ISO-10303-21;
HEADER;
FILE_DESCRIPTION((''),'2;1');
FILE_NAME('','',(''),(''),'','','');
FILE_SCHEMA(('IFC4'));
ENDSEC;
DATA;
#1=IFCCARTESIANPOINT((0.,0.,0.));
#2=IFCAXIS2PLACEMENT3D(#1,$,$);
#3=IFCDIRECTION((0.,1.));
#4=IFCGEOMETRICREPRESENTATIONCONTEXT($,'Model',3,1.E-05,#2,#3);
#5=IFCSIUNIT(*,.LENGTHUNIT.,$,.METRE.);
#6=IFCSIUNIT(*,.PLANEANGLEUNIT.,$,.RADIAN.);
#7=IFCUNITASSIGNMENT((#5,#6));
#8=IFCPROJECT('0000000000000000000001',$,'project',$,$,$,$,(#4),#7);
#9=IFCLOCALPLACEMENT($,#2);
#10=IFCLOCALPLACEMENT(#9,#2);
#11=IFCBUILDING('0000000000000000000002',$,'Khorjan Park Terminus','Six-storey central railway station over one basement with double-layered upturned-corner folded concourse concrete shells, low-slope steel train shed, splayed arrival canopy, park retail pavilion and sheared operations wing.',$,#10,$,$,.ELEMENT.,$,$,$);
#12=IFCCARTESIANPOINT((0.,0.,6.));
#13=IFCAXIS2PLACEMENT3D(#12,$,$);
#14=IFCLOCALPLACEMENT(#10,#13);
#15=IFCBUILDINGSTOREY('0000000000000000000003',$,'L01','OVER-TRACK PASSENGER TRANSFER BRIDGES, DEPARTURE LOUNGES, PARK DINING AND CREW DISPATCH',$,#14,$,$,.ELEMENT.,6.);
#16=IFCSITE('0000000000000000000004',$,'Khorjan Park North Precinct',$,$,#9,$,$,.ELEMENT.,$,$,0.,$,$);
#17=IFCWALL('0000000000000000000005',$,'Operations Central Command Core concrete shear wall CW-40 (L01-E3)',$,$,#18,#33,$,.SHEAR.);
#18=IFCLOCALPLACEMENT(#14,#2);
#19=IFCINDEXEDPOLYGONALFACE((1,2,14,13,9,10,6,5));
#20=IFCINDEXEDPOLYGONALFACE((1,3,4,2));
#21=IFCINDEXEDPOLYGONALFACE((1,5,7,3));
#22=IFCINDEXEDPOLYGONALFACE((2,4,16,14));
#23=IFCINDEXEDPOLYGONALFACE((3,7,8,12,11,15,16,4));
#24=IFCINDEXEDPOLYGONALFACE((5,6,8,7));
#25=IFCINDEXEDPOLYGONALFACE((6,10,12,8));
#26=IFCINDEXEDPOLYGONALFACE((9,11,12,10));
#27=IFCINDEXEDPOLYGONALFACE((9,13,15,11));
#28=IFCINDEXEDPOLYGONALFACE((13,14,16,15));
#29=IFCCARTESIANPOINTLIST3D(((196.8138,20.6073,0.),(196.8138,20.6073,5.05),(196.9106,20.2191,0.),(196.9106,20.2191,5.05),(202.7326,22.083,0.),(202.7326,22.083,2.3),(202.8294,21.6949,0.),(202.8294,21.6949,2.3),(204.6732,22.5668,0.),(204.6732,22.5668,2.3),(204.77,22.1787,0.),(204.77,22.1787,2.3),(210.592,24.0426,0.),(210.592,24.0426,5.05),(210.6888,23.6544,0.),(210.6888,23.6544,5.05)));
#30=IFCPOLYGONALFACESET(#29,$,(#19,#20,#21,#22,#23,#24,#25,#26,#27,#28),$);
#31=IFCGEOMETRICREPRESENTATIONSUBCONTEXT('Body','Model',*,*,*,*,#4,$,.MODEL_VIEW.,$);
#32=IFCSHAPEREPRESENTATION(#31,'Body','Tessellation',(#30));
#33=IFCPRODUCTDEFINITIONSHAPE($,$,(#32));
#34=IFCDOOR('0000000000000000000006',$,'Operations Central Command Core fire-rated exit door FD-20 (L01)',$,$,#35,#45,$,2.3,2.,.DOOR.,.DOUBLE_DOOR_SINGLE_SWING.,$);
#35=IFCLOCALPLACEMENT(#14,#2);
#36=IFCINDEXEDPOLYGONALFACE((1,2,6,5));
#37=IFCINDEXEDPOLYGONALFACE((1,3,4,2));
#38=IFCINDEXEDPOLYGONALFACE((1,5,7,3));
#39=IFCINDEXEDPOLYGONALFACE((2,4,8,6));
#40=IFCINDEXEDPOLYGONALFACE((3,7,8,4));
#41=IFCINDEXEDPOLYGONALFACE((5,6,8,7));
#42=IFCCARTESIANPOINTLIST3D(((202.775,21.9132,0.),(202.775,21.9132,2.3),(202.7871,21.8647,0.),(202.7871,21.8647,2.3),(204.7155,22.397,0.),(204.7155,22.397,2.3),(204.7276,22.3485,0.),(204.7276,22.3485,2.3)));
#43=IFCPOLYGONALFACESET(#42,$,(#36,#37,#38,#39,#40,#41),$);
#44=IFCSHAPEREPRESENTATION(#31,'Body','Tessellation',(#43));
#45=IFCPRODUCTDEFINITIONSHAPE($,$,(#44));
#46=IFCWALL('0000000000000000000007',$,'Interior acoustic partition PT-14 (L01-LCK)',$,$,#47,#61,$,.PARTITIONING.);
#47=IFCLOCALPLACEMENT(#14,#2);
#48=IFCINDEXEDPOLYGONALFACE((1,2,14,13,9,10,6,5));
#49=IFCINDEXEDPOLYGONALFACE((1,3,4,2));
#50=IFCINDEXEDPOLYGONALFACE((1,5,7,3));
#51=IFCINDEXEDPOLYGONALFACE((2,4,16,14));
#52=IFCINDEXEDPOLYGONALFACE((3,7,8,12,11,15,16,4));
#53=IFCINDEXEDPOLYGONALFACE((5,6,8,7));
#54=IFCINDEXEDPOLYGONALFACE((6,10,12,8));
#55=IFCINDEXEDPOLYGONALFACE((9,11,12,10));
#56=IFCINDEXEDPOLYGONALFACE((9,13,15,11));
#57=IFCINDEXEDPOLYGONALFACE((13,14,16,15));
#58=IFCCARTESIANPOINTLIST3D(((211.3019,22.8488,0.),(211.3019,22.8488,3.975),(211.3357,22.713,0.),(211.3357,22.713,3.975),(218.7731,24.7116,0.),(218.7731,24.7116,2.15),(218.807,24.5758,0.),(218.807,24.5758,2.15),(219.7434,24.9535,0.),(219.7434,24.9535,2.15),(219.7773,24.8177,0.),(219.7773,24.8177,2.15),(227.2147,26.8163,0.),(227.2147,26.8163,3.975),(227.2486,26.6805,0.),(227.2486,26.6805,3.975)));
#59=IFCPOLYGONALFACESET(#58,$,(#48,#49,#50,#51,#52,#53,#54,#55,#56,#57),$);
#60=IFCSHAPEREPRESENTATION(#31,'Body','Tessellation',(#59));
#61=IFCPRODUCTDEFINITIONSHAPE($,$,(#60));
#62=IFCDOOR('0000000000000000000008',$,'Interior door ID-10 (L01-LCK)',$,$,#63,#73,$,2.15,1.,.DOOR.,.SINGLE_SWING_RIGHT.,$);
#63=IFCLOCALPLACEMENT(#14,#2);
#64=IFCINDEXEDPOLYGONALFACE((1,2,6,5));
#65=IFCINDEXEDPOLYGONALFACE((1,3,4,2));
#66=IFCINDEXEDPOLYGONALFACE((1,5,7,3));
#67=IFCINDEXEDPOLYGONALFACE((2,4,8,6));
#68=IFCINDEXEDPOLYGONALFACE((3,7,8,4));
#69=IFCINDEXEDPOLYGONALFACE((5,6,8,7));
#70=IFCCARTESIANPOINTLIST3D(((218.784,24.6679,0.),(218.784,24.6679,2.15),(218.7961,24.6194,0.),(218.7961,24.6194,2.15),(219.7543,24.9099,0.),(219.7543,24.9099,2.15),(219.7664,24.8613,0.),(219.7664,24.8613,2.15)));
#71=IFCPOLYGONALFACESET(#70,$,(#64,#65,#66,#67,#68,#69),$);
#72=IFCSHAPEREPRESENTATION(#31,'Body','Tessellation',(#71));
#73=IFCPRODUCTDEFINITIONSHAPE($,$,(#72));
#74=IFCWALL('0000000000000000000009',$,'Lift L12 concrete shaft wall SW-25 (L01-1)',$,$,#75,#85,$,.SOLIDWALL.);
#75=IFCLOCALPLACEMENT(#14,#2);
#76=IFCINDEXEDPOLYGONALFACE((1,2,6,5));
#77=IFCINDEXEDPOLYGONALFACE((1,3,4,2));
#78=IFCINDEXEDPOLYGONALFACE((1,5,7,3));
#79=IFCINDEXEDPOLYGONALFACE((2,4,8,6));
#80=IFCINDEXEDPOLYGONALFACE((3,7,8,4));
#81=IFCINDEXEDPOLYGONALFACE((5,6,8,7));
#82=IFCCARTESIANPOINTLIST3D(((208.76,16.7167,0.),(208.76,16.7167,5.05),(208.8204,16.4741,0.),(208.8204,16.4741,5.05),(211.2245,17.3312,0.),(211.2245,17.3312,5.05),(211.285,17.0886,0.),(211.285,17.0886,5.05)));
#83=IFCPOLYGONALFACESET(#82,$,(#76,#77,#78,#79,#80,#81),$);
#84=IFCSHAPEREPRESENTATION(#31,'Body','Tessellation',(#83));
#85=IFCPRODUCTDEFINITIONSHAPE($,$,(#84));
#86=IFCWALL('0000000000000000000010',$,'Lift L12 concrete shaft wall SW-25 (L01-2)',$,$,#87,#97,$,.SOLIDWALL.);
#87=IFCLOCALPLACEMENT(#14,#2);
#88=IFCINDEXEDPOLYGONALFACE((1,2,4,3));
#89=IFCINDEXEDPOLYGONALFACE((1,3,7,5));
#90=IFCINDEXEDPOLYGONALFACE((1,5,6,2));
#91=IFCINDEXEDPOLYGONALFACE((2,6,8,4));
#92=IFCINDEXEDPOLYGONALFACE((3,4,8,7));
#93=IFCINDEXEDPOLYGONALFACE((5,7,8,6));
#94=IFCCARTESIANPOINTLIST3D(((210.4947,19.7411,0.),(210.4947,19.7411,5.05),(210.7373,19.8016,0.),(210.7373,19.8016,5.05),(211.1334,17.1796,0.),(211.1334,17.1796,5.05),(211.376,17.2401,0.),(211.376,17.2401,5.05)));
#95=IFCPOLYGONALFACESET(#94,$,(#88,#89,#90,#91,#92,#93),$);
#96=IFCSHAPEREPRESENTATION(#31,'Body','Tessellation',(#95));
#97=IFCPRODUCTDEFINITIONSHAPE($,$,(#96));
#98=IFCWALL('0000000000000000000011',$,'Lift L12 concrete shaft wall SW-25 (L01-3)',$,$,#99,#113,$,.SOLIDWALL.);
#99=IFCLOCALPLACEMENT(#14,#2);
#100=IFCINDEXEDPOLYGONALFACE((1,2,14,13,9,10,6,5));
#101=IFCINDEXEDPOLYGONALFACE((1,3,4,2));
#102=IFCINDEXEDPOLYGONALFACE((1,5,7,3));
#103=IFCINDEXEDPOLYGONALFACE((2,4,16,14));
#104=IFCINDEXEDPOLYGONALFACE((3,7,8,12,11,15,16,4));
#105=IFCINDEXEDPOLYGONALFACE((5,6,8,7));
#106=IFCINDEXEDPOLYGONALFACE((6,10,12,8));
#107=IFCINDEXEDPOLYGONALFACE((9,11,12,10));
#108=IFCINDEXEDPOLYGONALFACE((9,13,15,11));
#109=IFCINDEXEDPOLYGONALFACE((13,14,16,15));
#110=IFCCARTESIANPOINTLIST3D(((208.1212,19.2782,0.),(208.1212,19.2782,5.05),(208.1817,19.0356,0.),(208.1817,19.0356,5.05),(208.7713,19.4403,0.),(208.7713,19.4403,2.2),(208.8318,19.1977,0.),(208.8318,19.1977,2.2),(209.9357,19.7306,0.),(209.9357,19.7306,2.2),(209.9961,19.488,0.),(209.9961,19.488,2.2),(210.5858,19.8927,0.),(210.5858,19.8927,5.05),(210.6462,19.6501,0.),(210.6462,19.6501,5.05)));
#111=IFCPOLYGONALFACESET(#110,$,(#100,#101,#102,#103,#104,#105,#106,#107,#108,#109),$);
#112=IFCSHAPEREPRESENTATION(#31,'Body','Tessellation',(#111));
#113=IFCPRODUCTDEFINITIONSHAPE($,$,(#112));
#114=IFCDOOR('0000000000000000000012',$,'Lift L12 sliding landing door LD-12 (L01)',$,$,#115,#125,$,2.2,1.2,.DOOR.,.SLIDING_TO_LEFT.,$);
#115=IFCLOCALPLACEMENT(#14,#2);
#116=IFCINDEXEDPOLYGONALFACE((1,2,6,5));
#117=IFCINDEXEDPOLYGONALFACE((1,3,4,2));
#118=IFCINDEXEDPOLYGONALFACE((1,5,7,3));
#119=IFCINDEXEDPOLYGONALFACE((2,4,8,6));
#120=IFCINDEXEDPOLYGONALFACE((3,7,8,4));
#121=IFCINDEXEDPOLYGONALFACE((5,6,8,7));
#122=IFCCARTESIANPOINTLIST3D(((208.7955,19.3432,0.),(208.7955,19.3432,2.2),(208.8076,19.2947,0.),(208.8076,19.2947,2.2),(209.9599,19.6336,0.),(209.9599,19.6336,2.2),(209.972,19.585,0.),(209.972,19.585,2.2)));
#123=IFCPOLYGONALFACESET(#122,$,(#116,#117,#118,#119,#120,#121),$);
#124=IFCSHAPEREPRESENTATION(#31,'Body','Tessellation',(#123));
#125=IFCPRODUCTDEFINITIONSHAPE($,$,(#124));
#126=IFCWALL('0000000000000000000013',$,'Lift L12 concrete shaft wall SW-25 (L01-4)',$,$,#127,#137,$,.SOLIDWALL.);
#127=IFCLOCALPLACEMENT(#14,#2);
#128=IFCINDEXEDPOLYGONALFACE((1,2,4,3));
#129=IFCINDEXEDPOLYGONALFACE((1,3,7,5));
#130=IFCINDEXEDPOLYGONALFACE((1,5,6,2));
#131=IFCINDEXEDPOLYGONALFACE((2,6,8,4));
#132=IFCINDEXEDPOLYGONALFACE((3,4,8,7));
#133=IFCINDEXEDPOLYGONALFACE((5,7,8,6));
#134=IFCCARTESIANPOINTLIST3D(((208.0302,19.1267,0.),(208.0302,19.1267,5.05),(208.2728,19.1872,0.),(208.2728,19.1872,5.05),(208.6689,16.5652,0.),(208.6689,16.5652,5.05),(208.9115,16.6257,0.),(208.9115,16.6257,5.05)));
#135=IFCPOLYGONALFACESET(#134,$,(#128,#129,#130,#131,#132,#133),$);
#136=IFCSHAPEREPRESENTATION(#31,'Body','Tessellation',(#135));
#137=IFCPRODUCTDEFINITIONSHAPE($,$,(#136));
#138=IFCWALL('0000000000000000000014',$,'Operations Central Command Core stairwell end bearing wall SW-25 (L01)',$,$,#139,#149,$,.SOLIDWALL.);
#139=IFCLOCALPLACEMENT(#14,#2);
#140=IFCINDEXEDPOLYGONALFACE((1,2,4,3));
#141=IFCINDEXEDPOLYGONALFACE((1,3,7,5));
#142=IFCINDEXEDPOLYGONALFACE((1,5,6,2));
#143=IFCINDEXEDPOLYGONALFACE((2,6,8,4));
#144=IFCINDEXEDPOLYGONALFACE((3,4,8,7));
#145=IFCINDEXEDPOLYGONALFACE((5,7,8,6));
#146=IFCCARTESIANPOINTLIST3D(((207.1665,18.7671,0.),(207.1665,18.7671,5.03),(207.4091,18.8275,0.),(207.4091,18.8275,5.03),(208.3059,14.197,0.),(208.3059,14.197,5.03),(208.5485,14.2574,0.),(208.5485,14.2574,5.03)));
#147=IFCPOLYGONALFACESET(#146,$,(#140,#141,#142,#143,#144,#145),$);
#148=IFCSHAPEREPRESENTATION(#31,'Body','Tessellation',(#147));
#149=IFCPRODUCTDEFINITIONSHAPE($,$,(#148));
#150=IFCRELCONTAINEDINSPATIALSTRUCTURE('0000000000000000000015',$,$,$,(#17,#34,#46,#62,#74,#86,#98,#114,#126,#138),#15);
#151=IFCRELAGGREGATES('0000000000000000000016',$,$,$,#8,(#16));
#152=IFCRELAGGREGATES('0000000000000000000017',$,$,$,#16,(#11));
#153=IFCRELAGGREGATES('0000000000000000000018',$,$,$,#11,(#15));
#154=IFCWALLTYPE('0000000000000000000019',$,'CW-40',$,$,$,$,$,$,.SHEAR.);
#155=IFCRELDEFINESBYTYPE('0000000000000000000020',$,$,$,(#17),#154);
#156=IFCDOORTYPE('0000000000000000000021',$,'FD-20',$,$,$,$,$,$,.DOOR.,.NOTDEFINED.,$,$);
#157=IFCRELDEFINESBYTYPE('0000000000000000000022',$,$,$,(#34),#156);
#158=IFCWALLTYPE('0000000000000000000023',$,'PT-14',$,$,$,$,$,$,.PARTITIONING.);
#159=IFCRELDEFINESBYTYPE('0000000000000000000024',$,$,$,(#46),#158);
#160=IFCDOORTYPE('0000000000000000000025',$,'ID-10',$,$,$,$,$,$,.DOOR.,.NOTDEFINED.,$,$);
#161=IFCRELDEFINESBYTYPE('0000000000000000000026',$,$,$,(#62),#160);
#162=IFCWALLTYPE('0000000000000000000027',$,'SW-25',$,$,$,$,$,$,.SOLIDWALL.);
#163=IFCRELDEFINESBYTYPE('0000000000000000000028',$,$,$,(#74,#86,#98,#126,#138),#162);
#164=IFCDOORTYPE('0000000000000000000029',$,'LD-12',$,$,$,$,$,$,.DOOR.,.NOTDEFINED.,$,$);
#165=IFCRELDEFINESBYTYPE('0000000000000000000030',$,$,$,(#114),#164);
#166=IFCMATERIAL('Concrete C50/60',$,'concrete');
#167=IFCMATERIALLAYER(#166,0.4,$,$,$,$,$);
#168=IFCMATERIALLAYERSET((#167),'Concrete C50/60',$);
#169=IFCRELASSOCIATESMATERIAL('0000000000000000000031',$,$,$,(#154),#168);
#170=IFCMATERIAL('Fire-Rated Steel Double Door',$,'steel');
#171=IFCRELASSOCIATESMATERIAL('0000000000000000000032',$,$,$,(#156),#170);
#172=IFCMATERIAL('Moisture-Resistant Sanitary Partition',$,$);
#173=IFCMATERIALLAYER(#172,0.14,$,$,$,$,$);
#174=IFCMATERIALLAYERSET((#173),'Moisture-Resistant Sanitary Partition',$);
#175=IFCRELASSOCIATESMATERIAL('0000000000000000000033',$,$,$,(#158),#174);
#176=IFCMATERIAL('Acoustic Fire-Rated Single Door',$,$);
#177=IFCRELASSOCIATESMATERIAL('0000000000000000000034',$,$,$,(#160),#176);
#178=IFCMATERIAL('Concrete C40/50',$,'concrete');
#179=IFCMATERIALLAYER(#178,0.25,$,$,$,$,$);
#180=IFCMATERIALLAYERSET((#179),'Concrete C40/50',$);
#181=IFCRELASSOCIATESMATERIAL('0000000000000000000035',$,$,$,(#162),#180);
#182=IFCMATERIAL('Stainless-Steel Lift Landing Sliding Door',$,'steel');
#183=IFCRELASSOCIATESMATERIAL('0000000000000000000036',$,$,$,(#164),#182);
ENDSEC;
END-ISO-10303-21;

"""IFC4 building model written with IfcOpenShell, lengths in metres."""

from ifc_helpers import new_model, si_unit, direction, frame, frame_2d, origin, place, context, subcontext, project, spatial, rectangle, extrude, material, layer, layer_set, type_object, element, fill, save


model = new_model("IFC4")

# Units and contexts
model_context = context("Model", 3, precision=1e-05, world=origin(), true_north=direction((0.0, 1.0)))
body_context = subcontext(model_context, "Body", "Model", "MODEL_VIEW")
ifc_project = project(units=[si_unit("LENGTHUNIT", "METRE"), si_unit("PLANEANGLEUNIT", "RADIAN")], contexts=[model_context])

# Site, building, storey
site_placement = place(None, origin())
site = spatial("IfcSite", under=ifc_project, at=site_placement, Name="Khorjan Park North Precinct", CompositionType="ELEMENT", RefElevation=0.0)
building_placement = place(site_placement, origin())
building = spatial("IfcBuilding", under=site, at=building_placement, Name="Khorjan Park Terminus", Description="Six-storey central railway station over one basement with double-layered upturned-corner folded concourse concrete shells, low-slope steel train shed, splayed arrival canopy, park retail pavilion and sheared operations wing.", CompositionType="ELEMENT")
storey_placement = place(building_placement, frame((0.0, 0.0, 6.0)))
storey = spatial("IfcBuildingStorey", under=building, at=storey_placement, Name="L01", Description="OVER-TRACK PASSENGER TRANSFER BRIDGES, DEPARTURE LOUNGES, PARK DINING AND CREW DISPATCH", CompositionType="ELEMENT", Elevation=6.0)

# Shared definitions
ifc_material_1 = material(Name="Concrete C50/60", Category="concrete")

# Shared definitions
ifc_material_2 = material(Name="Concrete C40/50", Category="concrete")

# Shared definitions
ifc_layer_1 = layer(ifc_material_1, 0.4)
ifc_layer_set_1 = layer_set([ifc_layer_1], Name="Concrete C50/60")
wall_type_1 = type_object("IfcWallType", Name="CW-40", PredefinedType="SHEAR", material=ifc_layer_set_1)

# Walls, openings, doors
wall_1_placement = place(storey_placement, frame((210.6404, 23.8485, 0.0), z_axis=(0.0, 0.0, 1.0), x_axis=(-0.970296, -0.241922, 0.0)))
wall_1 = element("IfcWall", 1, at=wall_1_placement, inside=storey, type_object=wall_type_1, Name="Operations Central Command Core concrete shear wall CW-40 (L01-E3)", PredefinedType="SHEAR", context=body_context, shape_type="SweptSolid", body=[
    extrude(rectangle(XDim=14.2, YDim=0.4, at=frame_2d((7.1, 0.0))), origin(), (0.0, 0.0, 1.0), 5.05),
])
opening_1_placement = place(wall_1_placement, frame((6.1, 0.0, 0.0)))
opening_1 = element("IfcOpeningElement", 2, at=opening_1_placement, cuts=wall_1, PredefinedType="OPENING", context=body_context, shape_type="SweptSolid", body=[
    extrude(rectangle(XDim=2.0, YDim=2.3, at=frame_2d((1.0, 1.15))), frame((0.0, 0.21, 0.0), z_axis=(0.0, -1.0, 0.0), x_axis=(1.0, 0.0, 0.0)), (0.0, 0.0, 1.0), 0.42),
])
ifc_material_3 = material(Name="Fire-Rated Steel Double Door", Category="steel")
door_type_1 = type_object("IfcDoorType", Name="FD-20", OperationType="NOTDEFINED", PredefinedType="DOOR", material=ifc_material_3)
door_1_placement = place(opening_1_placement, origin())
door_1 = element("IfcDoor", 3, at=door_1_placement, inside=storey, type_object=door_type_1, Name="Operations Central Command Core fire-rated exit door FD-20 (L01)", OperationType="DOUBLE_DOOR_SINGLE_SWING", OverallHeight=2.3, OverallWidth=2.0, PredefinedType="DOOR", context=body_context, shape_type="SweptSolid", body=[
    extrude(rectangle(XDim=2.0, YDim=2.3, at=frame_2d((1.0, 1.15))), frame((0.0, 0.025, 0.0), z_axis=(0.0, -1.0, 0.0), x_axis=(1.0, 0.0, 0.0)), (0.0, 0.0, 1.0), 0.05),
])
fill(opening_1, door_1)
ifc_material_4 = material(Name="Moisture-Resistant Sanitary Partition")
ifc_layer_2 = layer(ifc_material_4, 0.14)
ifc_layer_set_2 = layer_set([ifc_layer_2], Name="Moisture-Resistant Sanitary Partition")
wall_type_2 = type_object("IfcWallType", Name="PT-14", PredefinedType="PARTITIONING", material=ifc_layer_set_2)
wall_2_placement = place(storey_placement, frame((211.3188, 22.7809, 0.0), z_axis=(0.0, 0.0, 1.0), x_axis=(0.970296, 0.24192, 0.0)))
wall_2 = element("IfcWall", 4, at=wall_2_placement, inside=storey, type_object=wall_type_2, Name="Interior acoustic partition PT-14 (L01-LCK)", PredefinedType="PARTITIONING", context=body_context, shape_type="SweptSolid", body=[
    extrude(rectangle(XDim=16.4, YDim=0.14, at=frame_2d((8.2, 0.0))), origin(), (0.0, 0.0, 1.0), 3.975),
])
opening_2_placement = place(wall_2_placement, frame((7.7, 0.0, 0.0)))
opening_2 = element("IfcOpeningElement", 5, at=opening_2_placement, cuts=wall_2, PredefinedType="OPENING", context=body_context, shape_type="SweptSolid", body=[
    extrude(rectangle(XDim=1.0, YDim=2.15, at=frame_2d((0.5, 1.075))), frame((0.0, 0.08, 0.0), z_axis=(0.0, -1.0, 0.0), x_axis=(1.0, 0.0, 0.0)), (0.0, 0.0, 1.0), 0.16),
])
ifc_material_5 = material(Name="Acoustic Fire-Rated Single Door")
door_type_2 = type_object("IfcDoorType", Name="ID-10", OperationType="NOTDEFINED", PredefinedType="DOOR", material=ifc_material_5)
door_2_placement = place(opening_2_placement, origin())
door_2 = element("IfcDoor", 6, at=door_2_placement, inside=storey, type_object=door_type_2, Name="Interior door ID-10 (L01-LCK)", OperationType="SINGLE_SWING_RIGHT", OverallHeight=2.15, OverallWidth=1.0, PredefinedType="DOOR", context=body_context, shape_type="SweptSolid", body=[
    extrude(rectangle(XDim=1.0, YDim=2.15, at=frame_2d((0.5, 1.075))), frame((0.0, 0.025, 0.0), z_axis=(0.0, -1.0, 0.0), x_axis=(1.0, 0.0, 0.0)), (0.0, 0.0, 1.0), 0.05),
])
fill(opening_2, door_2)

# Walls
ifc_layer_3 = layer(ifc_material_2, 0.25)
ifc_layer_set_3 = layer_set([ifc_layer_3], Name="Concrete C40/50")
wall_type_3 = type_object("IfcWallType", Name="SW-25", PredefinedType="SOLIDWALL", material=ifc_layer_set_3)
wall_3_placement = place(storey_placement, frame((208.7902, 16.5954, 0.0), z_axis=(0.0, 0.0, 1.0), x_axis=(0.970293, 0.241933, 0.0)))
element("IfcWall", 7, at=wall_3_placement, inside=storey, type_object=wall_type_3, Name="Lift L12 concrete shaft wall SW-25 (L01-1)", PredefinedType="SOLIDWALL", context=body_context, shape_type="SweptSolid", body=[
    extrude(rectangle(XDim=2.54, YDim=0.25, at=frame_2d((1.27, 0.0))), origin(), (0.0, 0.0, 1.0), 5.05),
])
wall_4_placement = place(storey_placement, frame((211.2547, 17.2099, 0.0), z_axis=(0.0, 0.0, 1.0), x_axis=(-0.241938, 0.970292, 0.0)))
element("IfcWall", 8, at=wall_4_placement, inside=storey, type_object=wall_type_3, Name="Lift L12 concrete shaft wall SW-25 (L01-2)", PredefinedType="SOLIDWALL", context=body_context, shape_type="SweptSolid", body=[
    extrude(rectangle(XDim=2.6399, YDim=0.25, at=frame_2d((1.3199, 0.0))), origin(), (0.0, 0.0, 1.0), 5.05),
])

# Wall, opening, door
wall_5_placement = place(storey_placement, frame((210.616, 19.7714, 0.0), z_axis=(0.0, 0.0, 1.0), x_axis=(-0.970293, -0.241933, 0.0)))
wall_5 = element("IfcWall", 9, at=wall_5_placement, inside=storey, type_object=wall_type_3, Name="Lift L12 concrete shaft wall SW-25 (L01-3)", PredefinedType="SOLIDWALL", context=body_context, shape_type="SweptSolid", body=[
    extrude(rectangle(XDim=2.54, YDim=0.25, at=frame_2d((1.27, 0.0))), origin(), (0.0, 0.0, 1.0), 5.05),
])
opening_3_placement = place(wall_5_placement, frame((0.67, 0.0, 0.0)))
opening_3 = element("IfcOpeningElement", 10, at=opening_3_placement, cuts=wall_5, PredefinedType="OPENING", context=body_context, shape_type="SweptSolid", body=[
    extrude(rectangle(XDim=1.2, YDim=2.2, at=frame_2d((0.6, 1.1))), frame((0.0, 0.135, 0.0), z_axis=(0.0, -1.0, 0.0), x_axis=(1.0, 0.0, 0.0)), (0.0, 0.0, 1.0), 0.27),
])
ifc_material_6 = material(Name="Stainless-Steel Lift Landing Sliding Door", Category="steel")
door_type_3 = type_object("IfcDoorType", Name="LD-12", OperationType="NOTDEFINED", PredefinedType="DOOR", material=ifc_material_6)
door_3_placement = place(opening_3_placement, origin())
door_3 = element("IfcDoor", 11, at=door_3_placement, inside=storey, type_object=door_type_3, Name="Lift L12 sliding landing door LD-12 (L01)", OperationType="SLIDING_TO_LEFT", OverallHeight=2.2, OverallWidth=1.2, PredefinedType="DOOR", context=body_context, shape_type="SweptSolid", body=[
    extrude(rectangle(XDim=1.2, YDim=2.2, at=frame_2d((0.6, 1.1))), frame((0.0, 0.025, 0.0), z_axis=(0.0, -1.0, 0.0), x_axis=(1.0, 0.0, 0.0)), (0.0, 0.0, 1.0), 0.05),
])
fill(opening_3, door_3)

# Walls
wall_6_placement = place(storey_placement, frame((208.1515, 19.1569, 0.0), z_axis=(0.0, 0.0, 1.0), x_axis=(0.241938, -0.970292, 0.0)))
element("IfcWall", 12, at=wall_6_placement, inside=storey, type_object=wall_type_3, Name="Lift L12 concrete shaft wall SW-25 (L01-4)", PredefinedType="SOLIDWALL", context=body_context, shape_type="SweptSolid", body=[
    extrude(rectangle(XDim=2.6399, YDim=0.25, at=frame_2d((1.3199, 0.0))), origin(), (0.0, 0.0, 1.0), 5.05),
])
wall_7_placement = place(storey_placement, frame((208.4272, 14.2272, 0.0), z_axis=(0.0, 0.0, 1.0), x_axis=(-0.241911, 0.970298, 0.0)))
element("IfcWall", 13, at=wall_7_placement, inside=storey, type_object=wall_type_3, Name="Operations Central Command Core stairwell end bearing wall SW-25 (L01)", PredefinedType="SOLIDWALL", context=body_context, shape_type="SweptSolid", body=[
    extrude(rectangle(XDim=4.71, YDim=0.25, at=frame_2d((2.355, 0.0))), origin(), (0.0, 0.0, 1.0), 5.03),
])

save(model, "model.ifc")
